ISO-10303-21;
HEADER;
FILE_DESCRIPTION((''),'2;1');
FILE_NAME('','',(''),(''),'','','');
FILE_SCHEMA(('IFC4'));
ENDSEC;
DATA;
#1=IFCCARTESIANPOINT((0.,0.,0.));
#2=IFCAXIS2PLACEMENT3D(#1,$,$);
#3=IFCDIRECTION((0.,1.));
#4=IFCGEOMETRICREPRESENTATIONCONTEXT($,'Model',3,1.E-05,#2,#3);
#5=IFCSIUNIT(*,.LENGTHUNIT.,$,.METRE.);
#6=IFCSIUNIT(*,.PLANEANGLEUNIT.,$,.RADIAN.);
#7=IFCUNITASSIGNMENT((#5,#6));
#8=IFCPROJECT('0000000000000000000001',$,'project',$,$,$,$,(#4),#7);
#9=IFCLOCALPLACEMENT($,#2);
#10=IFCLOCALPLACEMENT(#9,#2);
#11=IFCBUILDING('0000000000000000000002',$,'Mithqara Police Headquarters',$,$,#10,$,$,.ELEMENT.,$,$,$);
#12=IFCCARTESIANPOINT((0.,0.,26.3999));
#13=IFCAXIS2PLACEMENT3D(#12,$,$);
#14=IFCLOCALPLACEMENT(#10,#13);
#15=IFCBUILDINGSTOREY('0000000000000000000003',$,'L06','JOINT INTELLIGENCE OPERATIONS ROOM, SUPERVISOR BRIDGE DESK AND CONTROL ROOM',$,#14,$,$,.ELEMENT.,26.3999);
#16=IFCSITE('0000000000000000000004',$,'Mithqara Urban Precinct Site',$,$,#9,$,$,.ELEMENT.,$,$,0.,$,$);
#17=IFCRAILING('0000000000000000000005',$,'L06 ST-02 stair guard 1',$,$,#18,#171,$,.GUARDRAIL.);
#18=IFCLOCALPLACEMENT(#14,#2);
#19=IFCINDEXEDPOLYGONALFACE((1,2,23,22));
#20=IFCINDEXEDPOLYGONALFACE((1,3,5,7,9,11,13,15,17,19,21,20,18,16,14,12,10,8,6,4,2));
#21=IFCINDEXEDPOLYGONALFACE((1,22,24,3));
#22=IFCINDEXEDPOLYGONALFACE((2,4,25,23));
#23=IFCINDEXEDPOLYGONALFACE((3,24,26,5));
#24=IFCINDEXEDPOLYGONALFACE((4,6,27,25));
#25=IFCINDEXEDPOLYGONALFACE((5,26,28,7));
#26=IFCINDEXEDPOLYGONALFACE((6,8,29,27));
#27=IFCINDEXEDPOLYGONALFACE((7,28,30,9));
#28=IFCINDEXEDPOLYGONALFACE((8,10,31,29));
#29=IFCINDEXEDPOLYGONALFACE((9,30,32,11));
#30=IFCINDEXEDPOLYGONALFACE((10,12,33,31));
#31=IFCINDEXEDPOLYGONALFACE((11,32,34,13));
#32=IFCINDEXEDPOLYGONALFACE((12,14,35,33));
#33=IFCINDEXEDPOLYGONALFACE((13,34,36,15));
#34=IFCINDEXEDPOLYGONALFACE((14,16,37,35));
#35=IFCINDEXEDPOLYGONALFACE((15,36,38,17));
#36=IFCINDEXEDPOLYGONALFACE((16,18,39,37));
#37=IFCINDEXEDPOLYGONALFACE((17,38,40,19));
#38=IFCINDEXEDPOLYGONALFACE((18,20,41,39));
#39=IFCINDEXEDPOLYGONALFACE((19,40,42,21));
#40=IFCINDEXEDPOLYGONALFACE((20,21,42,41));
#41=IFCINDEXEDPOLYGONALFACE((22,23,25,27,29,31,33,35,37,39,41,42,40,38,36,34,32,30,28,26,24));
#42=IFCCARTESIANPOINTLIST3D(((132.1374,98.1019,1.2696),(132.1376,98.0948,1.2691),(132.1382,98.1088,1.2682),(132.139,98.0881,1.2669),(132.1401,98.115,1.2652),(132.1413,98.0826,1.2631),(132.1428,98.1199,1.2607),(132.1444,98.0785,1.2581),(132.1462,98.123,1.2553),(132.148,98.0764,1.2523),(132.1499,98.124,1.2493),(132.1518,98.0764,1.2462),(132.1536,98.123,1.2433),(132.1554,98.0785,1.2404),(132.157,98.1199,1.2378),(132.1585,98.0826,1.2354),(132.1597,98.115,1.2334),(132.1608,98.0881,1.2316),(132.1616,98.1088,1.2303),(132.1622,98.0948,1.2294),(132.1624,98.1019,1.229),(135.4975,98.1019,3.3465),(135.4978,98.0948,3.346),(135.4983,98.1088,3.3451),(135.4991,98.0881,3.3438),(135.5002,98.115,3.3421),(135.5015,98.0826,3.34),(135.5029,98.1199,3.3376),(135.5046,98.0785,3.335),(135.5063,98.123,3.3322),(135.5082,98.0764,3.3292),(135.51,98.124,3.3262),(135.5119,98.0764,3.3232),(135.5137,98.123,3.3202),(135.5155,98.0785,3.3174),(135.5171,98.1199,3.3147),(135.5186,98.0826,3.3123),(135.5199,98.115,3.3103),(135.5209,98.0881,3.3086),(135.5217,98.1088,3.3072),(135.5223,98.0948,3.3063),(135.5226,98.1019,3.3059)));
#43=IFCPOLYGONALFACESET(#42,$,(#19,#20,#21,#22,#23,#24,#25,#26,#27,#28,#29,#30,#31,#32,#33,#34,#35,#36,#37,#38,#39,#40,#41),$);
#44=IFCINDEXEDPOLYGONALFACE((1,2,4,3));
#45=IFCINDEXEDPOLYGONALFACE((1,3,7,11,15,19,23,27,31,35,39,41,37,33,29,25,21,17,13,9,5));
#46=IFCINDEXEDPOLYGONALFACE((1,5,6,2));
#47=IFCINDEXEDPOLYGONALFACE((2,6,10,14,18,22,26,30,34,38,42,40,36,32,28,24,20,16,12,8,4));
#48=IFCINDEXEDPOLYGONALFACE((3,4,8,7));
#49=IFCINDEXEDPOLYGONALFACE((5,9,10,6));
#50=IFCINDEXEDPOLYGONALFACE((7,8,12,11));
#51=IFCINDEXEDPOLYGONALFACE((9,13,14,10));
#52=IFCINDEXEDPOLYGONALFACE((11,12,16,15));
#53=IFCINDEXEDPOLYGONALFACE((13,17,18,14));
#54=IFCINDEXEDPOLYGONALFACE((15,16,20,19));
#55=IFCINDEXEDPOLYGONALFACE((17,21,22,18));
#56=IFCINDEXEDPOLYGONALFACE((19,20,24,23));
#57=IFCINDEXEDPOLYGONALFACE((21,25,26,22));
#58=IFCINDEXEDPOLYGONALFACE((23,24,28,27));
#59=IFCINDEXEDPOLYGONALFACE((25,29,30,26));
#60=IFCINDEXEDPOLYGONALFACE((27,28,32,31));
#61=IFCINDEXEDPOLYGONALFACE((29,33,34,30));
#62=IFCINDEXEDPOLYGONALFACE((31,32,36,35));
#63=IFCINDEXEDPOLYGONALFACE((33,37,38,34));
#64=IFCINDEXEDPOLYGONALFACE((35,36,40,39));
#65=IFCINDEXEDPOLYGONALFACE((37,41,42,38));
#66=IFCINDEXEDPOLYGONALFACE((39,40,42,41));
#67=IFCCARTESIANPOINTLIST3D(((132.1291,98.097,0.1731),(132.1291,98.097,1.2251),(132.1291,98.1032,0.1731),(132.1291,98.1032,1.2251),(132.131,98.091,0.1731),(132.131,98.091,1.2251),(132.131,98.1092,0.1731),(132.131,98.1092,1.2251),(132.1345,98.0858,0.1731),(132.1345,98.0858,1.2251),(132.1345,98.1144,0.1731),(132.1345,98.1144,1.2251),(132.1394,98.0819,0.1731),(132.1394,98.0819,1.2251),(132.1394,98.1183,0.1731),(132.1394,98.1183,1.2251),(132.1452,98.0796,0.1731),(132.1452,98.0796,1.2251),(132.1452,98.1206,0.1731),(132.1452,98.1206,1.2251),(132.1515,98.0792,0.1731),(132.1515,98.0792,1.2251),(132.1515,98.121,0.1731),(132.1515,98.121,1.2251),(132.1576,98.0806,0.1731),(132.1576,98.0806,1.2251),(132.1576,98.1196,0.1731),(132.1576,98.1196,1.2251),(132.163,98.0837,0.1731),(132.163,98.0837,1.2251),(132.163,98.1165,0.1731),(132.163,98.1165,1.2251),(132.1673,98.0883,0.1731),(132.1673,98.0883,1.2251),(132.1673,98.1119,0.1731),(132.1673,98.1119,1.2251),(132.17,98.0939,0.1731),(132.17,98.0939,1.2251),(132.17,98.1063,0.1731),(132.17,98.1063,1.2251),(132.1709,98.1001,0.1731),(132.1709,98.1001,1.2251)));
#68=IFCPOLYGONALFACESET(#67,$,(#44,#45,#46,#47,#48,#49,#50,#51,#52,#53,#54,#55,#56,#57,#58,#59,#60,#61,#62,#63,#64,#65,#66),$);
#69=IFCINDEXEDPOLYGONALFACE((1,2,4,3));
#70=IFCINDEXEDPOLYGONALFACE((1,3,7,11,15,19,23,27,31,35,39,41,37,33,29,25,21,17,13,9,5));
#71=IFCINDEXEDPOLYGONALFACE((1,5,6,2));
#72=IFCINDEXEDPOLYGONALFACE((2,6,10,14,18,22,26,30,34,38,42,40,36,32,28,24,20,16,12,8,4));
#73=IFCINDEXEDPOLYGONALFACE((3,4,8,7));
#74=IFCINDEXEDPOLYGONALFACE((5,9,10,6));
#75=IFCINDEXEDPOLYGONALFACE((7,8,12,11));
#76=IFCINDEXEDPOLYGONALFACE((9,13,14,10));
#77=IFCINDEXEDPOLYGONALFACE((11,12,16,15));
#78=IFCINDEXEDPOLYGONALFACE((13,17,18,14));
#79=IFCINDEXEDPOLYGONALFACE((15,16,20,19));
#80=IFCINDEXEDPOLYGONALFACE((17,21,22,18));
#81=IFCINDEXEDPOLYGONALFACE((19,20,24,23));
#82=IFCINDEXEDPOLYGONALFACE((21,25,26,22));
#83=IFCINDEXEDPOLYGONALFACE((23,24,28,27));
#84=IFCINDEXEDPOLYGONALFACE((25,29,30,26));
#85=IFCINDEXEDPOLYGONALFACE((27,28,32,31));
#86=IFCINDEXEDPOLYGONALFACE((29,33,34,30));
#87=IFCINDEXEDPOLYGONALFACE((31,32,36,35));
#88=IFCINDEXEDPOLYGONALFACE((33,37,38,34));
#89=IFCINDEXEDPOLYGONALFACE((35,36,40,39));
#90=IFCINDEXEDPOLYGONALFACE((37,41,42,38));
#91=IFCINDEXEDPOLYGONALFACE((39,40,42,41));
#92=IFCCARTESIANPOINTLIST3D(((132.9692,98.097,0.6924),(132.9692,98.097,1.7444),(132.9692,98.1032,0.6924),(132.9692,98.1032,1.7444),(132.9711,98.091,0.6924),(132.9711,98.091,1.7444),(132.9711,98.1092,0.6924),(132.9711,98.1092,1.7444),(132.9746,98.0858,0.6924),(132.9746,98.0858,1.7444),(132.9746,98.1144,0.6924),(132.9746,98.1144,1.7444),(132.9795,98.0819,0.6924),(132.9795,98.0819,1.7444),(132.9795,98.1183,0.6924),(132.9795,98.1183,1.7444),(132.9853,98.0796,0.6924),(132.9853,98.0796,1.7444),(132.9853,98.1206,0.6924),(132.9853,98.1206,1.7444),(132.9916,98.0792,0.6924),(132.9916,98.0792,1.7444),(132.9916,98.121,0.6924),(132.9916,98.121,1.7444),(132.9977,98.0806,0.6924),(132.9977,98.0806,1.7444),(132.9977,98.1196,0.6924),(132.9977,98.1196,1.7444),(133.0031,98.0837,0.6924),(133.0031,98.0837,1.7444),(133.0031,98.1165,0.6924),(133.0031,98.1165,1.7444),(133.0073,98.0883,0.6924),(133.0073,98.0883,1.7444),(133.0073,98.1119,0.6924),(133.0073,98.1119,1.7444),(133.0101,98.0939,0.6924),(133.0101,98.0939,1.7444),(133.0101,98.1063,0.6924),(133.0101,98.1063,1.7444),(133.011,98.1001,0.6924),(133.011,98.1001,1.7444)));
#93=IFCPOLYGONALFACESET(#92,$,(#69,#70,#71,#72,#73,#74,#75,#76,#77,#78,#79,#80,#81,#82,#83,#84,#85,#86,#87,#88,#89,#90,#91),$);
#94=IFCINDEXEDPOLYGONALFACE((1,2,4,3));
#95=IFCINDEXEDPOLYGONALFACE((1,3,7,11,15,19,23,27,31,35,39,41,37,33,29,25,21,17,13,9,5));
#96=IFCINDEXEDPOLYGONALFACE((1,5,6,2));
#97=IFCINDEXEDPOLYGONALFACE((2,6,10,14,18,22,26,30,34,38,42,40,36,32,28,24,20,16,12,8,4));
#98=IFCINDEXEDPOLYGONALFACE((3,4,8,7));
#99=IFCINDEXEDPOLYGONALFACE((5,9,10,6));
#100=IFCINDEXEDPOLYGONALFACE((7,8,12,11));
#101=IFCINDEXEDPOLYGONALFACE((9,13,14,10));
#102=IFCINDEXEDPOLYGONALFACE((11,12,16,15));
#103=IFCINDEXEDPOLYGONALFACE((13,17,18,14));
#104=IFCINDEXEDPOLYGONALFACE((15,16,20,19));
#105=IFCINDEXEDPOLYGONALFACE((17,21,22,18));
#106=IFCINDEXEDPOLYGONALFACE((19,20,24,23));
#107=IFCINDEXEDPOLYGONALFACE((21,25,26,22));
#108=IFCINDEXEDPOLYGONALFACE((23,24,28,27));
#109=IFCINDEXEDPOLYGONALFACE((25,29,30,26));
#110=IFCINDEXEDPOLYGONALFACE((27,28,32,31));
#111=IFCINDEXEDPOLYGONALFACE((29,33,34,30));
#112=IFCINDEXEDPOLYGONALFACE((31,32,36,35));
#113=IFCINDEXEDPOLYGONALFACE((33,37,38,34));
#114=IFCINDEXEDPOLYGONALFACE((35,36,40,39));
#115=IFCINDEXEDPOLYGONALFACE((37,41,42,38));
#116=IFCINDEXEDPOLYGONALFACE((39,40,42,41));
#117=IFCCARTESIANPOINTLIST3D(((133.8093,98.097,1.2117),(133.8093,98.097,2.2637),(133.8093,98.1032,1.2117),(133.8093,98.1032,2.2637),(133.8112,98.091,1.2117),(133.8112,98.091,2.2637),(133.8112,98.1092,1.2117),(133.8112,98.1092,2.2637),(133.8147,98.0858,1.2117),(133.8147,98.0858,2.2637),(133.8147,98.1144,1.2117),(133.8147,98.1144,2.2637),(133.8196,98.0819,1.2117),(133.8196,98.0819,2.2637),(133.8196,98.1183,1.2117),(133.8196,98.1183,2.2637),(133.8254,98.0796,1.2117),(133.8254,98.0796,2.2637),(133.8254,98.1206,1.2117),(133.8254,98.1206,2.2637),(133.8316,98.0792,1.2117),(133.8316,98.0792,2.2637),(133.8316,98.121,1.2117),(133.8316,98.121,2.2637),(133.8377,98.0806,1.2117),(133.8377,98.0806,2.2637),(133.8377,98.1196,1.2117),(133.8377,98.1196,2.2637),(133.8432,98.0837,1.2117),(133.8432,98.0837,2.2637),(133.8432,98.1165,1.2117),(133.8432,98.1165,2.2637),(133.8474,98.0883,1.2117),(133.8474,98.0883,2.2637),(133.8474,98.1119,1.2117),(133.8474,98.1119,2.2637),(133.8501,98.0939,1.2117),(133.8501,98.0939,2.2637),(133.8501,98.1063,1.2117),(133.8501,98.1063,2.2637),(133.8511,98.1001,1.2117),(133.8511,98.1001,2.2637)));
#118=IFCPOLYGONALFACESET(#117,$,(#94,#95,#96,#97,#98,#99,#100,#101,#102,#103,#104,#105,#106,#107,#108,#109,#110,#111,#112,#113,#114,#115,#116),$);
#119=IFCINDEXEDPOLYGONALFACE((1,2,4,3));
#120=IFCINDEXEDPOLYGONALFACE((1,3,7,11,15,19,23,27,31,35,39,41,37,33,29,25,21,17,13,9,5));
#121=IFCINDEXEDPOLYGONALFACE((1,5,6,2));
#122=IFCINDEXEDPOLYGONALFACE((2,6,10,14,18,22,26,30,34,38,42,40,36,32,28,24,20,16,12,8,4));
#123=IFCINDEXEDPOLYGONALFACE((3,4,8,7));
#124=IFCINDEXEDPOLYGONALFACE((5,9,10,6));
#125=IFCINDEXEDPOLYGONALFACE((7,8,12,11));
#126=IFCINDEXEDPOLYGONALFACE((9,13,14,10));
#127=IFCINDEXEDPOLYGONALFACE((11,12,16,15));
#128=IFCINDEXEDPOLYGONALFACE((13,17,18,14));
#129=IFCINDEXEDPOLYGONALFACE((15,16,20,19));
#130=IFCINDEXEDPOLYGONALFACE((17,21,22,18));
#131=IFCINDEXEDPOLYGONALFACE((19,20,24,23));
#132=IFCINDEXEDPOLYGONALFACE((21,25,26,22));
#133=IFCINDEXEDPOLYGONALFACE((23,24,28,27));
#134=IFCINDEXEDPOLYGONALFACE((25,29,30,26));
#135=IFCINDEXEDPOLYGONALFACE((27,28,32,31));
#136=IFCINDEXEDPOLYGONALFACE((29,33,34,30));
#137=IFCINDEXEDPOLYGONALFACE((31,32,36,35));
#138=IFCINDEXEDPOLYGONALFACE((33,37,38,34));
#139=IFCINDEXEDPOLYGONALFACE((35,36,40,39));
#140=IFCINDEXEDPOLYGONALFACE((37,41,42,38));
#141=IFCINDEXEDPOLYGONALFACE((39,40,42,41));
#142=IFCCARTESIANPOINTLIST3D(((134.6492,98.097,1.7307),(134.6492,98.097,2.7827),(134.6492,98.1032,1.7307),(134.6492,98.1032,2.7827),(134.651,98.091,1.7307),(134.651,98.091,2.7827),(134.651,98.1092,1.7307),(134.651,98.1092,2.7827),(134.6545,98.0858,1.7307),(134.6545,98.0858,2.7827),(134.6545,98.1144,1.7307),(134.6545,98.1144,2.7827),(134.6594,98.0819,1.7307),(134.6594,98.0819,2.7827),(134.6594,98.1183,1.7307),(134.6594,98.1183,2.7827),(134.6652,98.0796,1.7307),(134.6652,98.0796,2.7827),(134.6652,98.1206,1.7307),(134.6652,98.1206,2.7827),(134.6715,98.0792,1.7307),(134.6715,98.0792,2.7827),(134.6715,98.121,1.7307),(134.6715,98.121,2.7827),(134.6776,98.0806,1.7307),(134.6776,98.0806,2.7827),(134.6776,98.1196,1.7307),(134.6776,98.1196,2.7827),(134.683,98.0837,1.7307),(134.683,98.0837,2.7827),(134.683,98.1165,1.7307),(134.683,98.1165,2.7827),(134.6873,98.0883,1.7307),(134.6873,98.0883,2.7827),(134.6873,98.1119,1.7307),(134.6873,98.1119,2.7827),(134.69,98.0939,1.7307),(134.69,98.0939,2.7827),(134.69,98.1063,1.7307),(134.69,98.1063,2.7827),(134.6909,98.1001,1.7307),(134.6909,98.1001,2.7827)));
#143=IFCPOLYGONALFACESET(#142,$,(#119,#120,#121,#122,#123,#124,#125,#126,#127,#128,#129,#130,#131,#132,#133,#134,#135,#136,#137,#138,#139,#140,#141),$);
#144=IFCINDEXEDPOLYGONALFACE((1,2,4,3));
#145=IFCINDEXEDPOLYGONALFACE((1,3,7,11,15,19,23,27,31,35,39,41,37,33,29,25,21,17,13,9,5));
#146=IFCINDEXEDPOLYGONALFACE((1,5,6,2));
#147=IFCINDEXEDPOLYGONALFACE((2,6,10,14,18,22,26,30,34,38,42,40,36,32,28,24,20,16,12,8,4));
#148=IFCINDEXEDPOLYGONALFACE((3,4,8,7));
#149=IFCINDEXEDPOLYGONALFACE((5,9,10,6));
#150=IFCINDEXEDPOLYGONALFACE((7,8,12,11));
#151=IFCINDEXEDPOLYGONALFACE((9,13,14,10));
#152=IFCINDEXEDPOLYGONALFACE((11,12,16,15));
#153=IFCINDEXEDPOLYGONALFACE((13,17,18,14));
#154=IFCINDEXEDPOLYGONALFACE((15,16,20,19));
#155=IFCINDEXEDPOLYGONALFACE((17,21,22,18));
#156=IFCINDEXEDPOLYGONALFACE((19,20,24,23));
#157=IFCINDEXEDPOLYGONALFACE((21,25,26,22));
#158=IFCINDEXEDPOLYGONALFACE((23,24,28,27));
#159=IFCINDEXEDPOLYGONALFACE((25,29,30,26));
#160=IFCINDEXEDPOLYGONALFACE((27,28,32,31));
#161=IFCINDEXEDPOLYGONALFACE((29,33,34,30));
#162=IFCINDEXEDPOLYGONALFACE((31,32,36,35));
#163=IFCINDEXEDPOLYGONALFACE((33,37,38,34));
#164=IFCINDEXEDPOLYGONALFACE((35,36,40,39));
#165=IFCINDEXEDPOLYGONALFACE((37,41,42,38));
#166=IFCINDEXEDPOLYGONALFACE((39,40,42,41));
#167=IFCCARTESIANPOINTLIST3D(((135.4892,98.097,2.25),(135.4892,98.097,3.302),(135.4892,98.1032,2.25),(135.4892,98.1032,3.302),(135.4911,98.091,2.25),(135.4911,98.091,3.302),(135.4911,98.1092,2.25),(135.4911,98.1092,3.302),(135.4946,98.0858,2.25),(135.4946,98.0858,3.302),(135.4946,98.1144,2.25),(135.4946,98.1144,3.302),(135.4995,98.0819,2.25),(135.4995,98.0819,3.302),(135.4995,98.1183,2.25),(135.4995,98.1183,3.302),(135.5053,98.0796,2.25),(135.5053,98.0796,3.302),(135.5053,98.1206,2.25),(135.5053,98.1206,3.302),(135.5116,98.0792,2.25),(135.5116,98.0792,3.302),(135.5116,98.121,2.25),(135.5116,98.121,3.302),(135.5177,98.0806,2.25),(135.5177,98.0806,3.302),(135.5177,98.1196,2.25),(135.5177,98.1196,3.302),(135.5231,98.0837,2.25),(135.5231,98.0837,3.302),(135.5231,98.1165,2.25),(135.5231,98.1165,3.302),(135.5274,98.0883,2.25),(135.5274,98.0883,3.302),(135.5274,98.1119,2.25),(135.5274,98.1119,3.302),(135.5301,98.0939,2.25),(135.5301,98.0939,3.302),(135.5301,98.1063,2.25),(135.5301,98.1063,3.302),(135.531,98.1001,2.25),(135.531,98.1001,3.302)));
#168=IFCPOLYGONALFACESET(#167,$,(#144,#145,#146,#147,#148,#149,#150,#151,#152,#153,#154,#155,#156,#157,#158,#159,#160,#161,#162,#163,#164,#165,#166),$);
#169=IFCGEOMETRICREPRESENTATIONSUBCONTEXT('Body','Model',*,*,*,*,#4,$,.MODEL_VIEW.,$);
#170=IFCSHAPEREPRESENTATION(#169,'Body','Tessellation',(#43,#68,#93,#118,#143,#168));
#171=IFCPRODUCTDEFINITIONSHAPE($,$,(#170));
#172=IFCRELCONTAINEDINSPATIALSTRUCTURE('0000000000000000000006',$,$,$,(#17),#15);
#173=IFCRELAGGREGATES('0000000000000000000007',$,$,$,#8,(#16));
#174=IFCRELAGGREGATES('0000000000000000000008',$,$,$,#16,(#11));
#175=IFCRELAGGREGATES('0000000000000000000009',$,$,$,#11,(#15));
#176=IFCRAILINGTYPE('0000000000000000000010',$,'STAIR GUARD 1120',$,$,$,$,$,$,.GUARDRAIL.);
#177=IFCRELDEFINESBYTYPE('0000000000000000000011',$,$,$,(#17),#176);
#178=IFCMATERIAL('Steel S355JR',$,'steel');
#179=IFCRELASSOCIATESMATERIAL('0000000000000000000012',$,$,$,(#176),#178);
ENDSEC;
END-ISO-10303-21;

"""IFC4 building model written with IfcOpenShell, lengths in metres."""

from ifc_helpers import new_model, si_unit, direction, frame, origin, origin_2d, place, context, subcontext, project, spatial, circle, extrude, material, type_object, element, save


model = new_model("IFC4")

# Units and contexts
model_context = context("Model", 3, precision=1e-05, world=origin(), true_north=direction((0.0, 1.0)))
body_context = subcontext(model_context, "Body", "Model", "MODEL_VIEW")
ifc_project = project(units=[si_unit("LENGTHUNIT", "METRE"), si_unit("PLANEANGLEUNIT", "RADIAN")], contexts=[model_context])

# Site, building, storey
site_placement = place(None, origin())
site = spatial("IfcSite", under=ifc_project, at=site_placement, Name="Mithqara Urban Precinct Site", CompositionType="ELEMENT", RefElevation=0.0)
building_placement = place(site_placement, origin())
building = spatial("IfcBuilding", under=site, at=building_placement, Name="Mithqara Police Headquarters", CompositionType="ELEMENT")
storey_placement = place(building_placement, frame((0.0, 0.0, 26.3999)))
storey = spatial("IfcBuildingStorey", under=building, at=storey_placement, Name="L06", Description="JOINT INTELLIGENCE OPERATIONS ROOM, SUPERVISOR BRIDGE DESK AND CONTROL ROOM", CompositionType="ELEMENT", Elevation=26.3999)

# Shared definitions
ifc_material_1 = material(Name="Steel S355JR", Category="steel")

# Railing
railing_type = type_object("IfcRailingType", Name="STAIR GUARD 1120", PredefinedType="GUARDRAIL", material=ifc_material_1)
railing_1_placement = place(storey_placement, frame((132.1499, 98.1001, 0.1731)))
element("IfcRailing", 1, at=railing_1_placement, inside=storey, type_object=railing_type, Name="L06 ST-02 stair guard 1", PredefinedType="GUARDRAIL", context=body_context, shape_type="SweptSolid", body=[
    extrude(circle(Radius=0.0239, at=origin_2d()), frame((0.0, 0.0, 1.0762), z_axis=(0.850623, 0.0, 0.525776), x_axis=(0.0, 1.0, 0.0)), (0.0, 0.0, 1.0), 3.9502),
    extrude(circle(Radius=0.021, at=origin_2d()), origin(), (0.0, 0.0, 1.0), 1.052),
    extrude(circle(Radius=0.021, at=origin_2d()), frame((0.8401, 0.0, 0.5193)), (0.0, 0.0, 1.0), 1.052),
    extrude(circle(Radius=0.021, at=origin_2d()), frame((1.6802, 0.0, 1.0386)), (0.0, 0.0, 1.0), 1.052),
    extrude(circle(Radius=0.021, at=origin_2d()), frame((2.52, 0.0, 1.5576)), (0.0, 0.0, 1.0), 1.052),
    extrude(circle(Radius=0.021, at=origin_2d()), frame((3.3601, 0.0, 2.0769)), (0.0, 0.0, 1.0), 1.052),
])

save(model, "model.ifc")
